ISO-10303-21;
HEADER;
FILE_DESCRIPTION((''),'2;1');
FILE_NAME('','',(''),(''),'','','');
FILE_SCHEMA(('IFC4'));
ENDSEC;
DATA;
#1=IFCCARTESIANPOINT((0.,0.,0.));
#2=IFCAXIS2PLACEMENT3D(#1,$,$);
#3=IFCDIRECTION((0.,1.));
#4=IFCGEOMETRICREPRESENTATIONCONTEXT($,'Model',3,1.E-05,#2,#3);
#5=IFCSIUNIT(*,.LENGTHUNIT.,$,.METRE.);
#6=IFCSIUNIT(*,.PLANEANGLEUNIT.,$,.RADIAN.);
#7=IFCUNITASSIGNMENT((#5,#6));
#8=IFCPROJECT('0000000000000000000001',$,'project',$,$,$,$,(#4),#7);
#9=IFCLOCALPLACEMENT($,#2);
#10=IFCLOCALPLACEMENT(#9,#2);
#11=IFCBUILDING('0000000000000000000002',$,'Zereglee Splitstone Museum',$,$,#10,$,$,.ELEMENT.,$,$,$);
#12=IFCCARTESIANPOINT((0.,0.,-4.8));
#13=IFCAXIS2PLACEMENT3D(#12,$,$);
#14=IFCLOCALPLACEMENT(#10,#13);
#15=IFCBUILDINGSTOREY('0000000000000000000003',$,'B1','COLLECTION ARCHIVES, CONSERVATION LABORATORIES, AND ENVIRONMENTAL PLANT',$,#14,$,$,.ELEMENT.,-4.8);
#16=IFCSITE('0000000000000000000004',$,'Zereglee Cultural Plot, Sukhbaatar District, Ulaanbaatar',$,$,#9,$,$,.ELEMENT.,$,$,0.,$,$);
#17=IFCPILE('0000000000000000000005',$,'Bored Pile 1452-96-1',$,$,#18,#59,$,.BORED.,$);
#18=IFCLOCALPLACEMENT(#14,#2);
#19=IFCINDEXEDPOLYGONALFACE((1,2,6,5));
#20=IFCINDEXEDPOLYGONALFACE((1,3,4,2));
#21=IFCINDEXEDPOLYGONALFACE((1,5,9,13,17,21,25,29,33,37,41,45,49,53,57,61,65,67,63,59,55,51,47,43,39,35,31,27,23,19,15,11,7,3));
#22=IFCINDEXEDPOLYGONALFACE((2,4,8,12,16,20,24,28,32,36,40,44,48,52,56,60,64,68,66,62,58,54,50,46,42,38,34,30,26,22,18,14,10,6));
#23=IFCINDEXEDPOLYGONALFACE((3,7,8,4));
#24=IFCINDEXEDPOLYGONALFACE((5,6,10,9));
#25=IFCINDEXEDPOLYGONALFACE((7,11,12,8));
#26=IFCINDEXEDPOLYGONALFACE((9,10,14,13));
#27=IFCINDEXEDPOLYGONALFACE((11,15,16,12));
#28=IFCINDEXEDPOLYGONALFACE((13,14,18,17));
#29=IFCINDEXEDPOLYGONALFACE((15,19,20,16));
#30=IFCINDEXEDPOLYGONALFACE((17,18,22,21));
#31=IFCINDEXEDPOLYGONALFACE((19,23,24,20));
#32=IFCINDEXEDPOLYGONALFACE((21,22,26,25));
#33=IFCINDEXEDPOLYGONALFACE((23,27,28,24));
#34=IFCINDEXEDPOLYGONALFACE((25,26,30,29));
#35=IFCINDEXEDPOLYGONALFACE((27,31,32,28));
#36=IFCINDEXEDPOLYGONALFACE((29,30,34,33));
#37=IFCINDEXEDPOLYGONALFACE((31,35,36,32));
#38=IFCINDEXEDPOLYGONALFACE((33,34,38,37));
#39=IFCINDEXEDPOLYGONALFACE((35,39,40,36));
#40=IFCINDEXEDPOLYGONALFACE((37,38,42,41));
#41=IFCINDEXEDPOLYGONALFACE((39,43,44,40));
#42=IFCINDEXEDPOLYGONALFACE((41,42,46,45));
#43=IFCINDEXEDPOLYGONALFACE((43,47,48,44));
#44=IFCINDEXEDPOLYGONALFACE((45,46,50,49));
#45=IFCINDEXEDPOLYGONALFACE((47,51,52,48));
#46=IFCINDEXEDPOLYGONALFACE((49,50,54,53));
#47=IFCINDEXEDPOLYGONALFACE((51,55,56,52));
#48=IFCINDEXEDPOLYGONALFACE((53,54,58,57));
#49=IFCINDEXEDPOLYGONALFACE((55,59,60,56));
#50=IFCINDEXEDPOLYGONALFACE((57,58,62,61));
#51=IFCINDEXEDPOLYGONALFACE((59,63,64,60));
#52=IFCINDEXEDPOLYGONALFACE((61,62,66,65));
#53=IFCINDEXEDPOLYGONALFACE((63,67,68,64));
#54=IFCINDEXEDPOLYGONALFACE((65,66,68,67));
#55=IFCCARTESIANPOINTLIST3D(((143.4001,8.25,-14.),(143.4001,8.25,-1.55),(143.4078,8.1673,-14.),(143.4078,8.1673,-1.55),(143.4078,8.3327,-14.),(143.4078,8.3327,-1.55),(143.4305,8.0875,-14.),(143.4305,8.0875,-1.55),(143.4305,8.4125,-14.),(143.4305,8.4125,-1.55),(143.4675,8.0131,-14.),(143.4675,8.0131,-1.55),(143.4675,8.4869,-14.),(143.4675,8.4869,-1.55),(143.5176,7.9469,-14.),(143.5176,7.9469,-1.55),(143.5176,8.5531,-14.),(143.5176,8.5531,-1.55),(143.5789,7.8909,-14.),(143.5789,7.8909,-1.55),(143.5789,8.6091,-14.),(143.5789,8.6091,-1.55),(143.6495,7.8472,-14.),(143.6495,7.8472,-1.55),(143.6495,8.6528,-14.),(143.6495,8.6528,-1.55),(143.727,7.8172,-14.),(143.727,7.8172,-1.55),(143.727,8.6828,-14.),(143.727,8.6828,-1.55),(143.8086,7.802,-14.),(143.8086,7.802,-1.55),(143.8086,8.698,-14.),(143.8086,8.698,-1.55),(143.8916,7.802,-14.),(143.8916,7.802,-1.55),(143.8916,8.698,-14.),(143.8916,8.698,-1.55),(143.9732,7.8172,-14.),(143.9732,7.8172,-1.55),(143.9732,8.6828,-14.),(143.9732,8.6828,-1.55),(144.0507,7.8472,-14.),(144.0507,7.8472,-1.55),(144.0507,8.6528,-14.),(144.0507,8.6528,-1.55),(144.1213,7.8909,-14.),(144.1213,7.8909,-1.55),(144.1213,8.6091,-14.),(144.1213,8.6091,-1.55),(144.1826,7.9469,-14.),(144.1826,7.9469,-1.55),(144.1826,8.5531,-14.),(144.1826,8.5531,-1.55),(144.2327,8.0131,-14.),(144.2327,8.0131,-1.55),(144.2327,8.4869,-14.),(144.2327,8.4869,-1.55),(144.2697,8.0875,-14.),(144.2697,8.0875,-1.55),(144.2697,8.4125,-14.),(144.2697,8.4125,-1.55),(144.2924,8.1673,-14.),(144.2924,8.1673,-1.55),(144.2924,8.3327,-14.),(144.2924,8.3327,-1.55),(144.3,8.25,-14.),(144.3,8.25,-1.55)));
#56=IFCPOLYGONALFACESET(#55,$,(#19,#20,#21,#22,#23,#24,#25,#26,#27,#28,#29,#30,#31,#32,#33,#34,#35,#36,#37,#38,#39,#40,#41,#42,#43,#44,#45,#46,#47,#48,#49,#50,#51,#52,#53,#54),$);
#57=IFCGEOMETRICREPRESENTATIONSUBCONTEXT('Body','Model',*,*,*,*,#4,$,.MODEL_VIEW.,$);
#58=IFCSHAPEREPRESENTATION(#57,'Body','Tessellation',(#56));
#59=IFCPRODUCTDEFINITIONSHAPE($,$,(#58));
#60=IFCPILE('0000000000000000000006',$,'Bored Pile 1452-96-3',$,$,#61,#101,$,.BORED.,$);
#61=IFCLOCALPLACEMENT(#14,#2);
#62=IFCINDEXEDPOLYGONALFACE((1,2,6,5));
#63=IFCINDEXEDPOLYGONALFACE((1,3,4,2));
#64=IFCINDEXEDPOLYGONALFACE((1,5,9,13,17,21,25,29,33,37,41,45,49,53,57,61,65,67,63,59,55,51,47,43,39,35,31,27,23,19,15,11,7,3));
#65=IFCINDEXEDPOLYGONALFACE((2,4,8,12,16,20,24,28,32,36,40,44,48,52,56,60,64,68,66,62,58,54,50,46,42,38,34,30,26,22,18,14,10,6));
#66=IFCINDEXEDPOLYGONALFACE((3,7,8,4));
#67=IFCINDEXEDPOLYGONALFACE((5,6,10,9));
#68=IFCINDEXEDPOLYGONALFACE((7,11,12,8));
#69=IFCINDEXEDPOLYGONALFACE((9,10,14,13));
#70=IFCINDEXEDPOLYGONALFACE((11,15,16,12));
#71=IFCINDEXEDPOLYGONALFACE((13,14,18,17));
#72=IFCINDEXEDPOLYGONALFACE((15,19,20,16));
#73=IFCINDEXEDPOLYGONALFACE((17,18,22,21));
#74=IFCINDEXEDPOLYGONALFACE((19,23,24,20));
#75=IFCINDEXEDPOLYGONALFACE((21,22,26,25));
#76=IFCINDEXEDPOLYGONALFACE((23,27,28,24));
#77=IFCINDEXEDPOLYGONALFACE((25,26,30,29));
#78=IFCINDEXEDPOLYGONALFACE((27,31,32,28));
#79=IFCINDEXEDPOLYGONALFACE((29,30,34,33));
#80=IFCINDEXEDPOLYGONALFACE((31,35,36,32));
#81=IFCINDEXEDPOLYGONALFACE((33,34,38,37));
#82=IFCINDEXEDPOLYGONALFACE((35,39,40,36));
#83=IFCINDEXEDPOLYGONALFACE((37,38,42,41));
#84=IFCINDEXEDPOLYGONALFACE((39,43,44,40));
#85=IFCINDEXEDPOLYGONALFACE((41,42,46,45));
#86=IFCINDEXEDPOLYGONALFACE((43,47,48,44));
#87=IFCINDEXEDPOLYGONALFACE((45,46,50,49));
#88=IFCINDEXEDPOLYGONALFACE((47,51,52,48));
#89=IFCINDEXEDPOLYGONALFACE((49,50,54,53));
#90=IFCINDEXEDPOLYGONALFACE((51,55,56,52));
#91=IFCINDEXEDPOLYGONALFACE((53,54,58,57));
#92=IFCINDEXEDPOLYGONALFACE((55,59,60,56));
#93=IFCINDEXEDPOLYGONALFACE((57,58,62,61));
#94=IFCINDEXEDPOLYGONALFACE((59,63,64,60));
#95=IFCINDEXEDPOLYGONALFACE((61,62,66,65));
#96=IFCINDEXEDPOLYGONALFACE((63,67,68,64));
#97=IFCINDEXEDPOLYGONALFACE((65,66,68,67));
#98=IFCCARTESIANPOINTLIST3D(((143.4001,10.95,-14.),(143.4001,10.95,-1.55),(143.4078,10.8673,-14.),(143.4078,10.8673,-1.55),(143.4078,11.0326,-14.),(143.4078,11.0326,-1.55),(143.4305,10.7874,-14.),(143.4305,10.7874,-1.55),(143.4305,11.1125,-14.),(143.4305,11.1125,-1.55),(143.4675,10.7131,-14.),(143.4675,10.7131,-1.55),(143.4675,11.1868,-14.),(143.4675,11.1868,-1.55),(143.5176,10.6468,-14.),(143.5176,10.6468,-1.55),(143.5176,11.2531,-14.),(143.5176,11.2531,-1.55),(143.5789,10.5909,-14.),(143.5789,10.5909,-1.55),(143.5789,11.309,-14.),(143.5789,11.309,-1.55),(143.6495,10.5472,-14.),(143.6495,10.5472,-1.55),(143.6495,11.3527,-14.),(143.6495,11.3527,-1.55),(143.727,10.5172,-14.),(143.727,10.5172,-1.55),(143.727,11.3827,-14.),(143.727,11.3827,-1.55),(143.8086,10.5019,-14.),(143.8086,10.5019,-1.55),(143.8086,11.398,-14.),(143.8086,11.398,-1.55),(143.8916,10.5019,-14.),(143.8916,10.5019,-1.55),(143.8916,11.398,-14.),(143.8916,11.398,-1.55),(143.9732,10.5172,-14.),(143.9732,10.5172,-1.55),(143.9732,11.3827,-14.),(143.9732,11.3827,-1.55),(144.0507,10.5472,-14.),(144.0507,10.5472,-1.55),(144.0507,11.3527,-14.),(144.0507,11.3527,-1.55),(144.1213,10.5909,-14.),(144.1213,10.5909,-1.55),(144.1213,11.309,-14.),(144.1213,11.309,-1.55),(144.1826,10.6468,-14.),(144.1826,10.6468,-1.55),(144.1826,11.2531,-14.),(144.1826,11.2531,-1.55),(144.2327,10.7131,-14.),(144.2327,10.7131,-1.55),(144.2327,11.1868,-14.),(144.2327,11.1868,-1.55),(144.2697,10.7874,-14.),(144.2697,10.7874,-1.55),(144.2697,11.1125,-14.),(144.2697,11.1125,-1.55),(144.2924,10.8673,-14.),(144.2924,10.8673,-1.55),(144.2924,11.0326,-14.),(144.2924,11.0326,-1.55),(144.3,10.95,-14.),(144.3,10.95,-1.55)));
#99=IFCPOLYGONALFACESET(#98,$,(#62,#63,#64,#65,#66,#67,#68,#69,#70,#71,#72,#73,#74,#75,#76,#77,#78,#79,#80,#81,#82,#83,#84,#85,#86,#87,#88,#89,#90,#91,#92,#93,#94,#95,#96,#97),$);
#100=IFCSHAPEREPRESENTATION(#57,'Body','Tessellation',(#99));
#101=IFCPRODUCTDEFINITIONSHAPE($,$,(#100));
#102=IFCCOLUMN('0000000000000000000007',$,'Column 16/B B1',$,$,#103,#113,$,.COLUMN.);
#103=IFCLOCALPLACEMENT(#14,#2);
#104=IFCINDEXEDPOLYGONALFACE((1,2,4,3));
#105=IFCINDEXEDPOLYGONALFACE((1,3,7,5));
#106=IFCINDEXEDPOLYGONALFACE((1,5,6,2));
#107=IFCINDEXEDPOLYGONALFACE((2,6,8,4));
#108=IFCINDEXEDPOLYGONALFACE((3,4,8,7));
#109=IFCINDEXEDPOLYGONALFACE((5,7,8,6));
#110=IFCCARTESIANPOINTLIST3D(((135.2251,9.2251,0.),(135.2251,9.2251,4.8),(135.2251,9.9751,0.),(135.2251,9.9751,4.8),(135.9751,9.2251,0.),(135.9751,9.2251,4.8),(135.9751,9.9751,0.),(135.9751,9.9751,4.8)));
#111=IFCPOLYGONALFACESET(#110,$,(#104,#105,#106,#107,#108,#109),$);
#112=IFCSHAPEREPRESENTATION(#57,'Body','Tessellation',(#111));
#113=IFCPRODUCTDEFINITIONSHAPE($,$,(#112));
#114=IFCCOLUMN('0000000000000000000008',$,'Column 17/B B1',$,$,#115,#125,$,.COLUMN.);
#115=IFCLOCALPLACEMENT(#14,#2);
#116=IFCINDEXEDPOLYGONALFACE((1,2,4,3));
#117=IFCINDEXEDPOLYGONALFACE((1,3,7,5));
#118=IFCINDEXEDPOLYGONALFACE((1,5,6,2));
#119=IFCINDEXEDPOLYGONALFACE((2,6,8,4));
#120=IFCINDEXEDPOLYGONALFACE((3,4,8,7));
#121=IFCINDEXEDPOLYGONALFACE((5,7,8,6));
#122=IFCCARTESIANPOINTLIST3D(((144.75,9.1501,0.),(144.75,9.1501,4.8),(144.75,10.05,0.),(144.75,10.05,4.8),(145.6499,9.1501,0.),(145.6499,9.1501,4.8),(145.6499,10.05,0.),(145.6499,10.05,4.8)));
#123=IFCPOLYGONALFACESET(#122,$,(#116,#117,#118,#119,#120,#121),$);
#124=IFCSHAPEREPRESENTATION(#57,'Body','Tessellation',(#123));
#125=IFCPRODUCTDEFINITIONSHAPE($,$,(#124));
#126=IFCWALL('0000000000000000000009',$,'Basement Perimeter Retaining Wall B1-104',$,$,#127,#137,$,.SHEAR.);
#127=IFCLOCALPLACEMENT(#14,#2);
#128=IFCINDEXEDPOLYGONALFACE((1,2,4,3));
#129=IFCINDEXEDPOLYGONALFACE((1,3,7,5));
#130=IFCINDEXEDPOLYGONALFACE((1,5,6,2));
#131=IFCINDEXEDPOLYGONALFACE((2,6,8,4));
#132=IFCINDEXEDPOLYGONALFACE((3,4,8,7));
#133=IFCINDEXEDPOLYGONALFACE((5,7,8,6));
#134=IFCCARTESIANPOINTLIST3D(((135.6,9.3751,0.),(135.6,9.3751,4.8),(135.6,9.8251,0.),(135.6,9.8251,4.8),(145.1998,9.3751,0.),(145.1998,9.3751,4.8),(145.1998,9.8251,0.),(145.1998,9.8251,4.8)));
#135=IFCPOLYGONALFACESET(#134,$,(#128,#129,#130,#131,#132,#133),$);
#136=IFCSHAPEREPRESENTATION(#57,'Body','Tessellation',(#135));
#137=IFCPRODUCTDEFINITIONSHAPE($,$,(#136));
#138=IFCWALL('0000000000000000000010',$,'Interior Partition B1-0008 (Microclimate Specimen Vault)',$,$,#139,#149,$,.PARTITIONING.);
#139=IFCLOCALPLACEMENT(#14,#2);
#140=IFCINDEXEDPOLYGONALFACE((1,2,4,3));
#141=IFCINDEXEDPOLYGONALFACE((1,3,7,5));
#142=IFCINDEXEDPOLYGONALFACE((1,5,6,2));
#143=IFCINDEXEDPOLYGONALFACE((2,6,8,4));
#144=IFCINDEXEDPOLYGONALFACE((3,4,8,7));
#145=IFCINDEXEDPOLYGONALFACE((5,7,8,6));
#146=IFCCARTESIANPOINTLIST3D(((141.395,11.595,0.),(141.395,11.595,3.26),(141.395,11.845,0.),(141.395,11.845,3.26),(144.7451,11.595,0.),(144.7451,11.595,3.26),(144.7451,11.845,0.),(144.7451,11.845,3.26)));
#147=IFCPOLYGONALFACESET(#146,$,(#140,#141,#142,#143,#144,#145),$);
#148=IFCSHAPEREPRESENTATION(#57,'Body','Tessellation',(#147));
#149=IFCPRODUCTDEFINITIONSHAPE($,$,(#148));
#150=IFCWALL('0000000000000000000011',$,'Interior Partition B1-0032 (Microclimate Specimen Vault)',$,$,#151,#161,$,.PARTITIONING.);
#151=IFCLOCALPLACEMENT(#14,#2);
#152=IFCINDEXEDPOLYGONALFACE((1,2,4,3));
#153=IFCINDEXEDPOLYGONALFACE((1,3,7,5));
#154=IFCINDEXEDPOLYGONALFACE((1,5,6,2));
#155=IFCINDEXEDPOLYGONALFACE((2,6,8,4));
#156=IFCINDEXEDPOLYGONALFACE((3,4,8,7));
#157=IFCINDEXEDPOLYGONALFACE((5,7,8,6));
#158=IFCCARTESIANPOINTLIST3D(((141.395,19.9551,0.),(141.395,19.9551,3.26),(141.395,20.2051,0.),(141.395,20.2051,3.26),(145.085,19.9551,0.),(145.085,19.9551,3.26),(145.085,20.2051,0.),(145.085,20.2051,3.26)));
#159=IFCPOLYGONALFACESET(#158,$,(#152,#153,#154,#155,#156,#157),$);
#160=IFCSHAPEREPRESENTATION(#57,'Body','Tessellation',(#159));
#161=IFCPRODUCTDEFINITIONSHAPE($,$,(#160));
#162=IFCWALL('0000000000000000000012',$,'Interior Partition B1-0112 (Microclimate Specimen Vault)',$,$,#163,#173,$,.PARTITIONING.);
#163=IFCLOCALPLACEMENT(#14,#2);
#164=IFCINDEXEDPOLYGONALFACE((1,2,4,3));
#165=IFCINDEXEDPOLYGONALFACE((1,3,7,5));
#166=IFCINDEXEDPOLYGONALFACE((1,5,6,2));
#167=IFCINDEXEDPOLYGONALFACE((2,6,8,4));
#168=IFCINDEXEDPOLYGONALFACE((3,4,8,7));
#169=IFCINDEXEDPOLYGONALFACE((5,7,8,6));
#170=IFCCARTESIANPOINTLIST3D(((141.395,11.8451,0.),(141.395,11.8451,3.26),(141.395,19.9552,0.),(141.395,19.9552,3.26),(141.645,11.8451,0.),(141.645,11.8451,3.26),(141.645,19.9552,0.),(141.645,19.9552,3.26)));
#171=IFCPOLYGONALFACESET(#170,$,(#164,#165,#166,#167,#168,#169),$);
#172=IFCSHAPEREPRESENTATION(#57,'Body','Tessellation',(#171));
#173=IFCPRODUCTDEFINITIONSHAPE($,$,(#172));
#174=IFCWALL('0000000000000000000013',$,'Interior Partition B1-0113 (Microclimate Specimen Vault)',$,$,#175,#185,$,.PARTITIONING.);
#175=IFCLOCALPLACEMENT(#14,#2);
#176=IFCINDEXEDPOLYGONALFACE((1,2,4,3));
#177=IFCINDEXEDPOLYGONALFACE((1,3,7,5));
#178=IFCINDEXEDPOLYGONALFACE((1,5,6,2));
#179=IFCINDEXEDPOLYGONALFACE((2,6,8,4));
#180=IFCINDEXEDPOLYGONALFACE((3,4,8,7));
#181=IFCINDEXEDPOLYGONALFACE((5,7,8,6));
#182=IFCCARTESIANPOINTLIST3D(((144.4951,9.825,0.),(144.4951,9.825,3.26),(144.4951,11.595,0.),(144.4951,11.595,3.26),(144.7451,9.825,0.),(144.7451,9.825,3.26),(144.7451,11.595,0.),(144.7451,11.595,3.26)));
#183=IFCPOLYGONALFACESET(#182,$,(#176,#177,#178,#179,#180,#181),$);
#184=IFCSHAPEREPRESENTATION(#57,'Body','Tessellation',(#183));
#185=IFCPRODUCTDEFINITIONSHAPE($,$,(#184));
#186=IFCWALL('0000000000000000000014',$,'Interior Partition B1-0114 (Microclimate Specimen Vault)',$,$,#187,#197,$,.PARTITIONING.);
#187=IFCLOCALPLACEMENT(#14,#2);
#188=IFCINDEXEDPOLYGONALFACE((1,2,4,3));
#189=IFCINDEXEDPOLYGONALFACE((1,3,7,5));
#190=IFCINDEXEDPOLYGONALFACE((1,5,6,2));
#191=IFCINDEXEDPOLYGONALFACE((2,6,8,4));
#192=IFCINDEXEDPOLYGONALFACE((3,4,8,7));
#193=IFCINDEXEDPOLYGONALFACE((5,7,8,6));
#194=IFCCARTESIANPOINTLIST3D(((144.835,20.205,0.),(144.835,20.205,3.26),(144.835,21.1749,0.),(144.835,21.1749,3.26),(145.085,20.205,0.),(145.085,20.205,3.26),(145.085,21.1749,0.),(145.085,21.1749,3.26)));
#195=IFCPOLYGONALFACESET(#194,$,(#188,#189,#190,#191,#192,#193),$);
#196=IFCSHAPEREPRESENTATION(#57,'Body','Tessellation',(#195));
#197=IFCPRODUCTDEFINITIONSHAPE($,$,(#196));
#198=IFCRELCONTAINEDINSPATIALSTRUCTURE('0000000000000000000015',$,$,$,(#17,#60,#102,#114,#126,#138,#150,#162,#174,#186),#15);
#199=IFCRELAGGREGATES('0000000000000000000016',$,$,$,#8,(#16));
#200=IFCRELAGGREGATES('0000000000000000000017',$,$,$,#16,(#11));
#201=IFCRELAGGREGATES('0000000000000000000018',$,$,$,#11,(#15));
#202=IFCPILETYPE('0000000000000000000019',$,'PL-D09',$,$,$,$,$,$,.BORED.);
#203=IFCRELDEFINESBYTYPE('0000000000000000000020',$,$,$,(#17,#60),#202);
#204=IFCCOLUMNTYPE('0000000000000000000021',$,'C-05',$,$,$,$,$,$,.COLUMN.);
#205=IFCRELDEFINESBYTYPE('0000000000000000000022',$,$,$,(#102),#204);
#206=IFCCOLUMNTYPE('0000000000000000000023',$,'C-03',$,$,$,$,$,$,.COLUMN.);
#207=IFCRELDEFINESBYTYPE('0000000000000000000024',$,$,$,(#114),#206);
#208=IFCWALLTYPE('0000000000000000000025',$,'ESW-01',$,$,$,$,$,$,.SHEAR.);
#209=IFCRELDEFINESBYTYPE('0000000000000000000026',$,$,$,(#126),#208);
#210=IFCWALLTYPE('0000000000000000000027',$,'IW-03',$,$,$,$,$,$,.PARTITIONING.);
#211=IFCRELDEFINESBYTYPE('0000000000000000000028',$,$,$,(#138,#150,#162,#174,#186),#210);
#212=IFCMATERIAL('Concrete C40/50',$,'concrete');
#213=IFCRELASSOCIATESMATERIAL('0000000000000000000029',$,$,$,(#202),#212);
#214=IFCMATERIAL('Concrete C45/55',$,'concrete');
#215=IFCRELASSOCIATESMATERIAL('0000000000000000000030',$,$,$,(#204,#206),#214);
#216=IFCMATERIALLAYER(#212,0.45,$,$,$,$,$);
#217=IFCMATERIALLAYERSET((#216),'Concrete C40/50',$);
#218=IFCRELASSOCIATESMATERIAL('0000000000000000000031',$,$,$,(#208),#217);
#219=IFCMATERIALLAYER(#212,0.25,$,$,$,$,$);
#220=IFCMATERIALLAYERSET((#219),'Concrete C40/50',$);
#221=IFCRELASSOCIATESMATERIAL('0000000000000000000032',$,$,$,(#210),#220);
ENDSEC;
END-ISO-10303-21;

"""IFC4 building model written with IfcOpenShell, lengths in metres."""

from ifc_helpers import new_model, si_unit, direction, frame, frame_2d, origin, origin_2d, place, context, subcontext, project, spatial, rectangle, circle, extrude, material, layer, layer_set, material_profile, profile_set, type_object, element, save


model = new_model("IFC4")

# Units and contexts
model_context = context("Model", 3, precision=1e-05, world=origin(), true_north=direction((0.0, 1.0)))
body_context = subcontext(model_context, "Body", "Model", "MODEL_VIEW")
ifc_project = project(units=[si_unit("LENGTHUNIT", "METRE"), si_unit("PLANEANGLEUNIT", "RADIAN")], contexts=[model_context])

# Site, building, storey
site_placement = place(None, origin())
site = spatial("IfcSite", under=ifc_project, at=site_placement, Name="Zereglee Cultural Plot, Sukhbaatar District, Ulaanbaatar", CompositionType="ELEMENT", RefElevation=0.0)
building_placement = place(site_placement, origin())
building = spatial("IfcBuilding", under=site, at=building_placement, Name="Zereglee Splitstone Museum", CompositionType="ELEMENT")
storey_placement = place(building_placement, frame((0.0, 0.0, -4.8)))
storey = spatial("IfcBuildingStorey", under=building, at=storey_placement, Name="B1", Description="COLLECTION ARCHIVES, CONSERVATION LABORATORIES, AND ENVIRONMENTAL PLANT", CompositionType="ELEMENT", Elevation=-4.8)

# Shared definitions
ifc_material_1 = material(Name="Concrete C40/50", Category="concrete")

# Piles
ifc_material_profile_1 = material_profile(ifc_material_1, circle(Radius=0.45, at=origin_2d()), Name="PILE D900")
ifc_profile_set_1 = profile_set([ifc_material_profile_1], Name="Concrete C40/50")
pile_type = type_object("IfcPileType", Name="PL-D09", PredefinedType="BORED", material=ifc_profile_set_1)
for number, where, z_axis, x_axis, name in (
    (1, (143.8501, 8.25, -1.55), (0.0, 0.0, -1.0), (1.0, 0.0, 0.0), "Bored Pile 1452-96-1"),
    (2, (143.8501, 10.95, -1.55), (0.0, 0.0, -1.0), (1.0, 0.0, 0.0), "Bored Pile 1452-96-3"),
):
    element("IfcPile", number, at=place(storey_placement, frame(where, z_axis=z_axis, x_axis=x_axis)), inside=storey, type_object=pile_type, Name=name, PredefinedType="BORED", context=body_context, shape_type="SweptSolid", body=[
        extrude(circle(Radius=0.45, at=origin_2d()), origin(), (0.0, 0.0, 1.0), 12.45),
    ])

# Columns
ifc_material_2 = material(Name="Concrete C45/55", Category="concrete")
ifc_material_profile_2 = material_profile(ifc_material_2, rectangle(XDim=0.75, YDim=0.75, at=origin_2d()), Name="RC 750x750")
ifc_profile_set_2 = profile_set([ifc_material_profile_2], Name="Concrete C45/55")
column_type_1 = type_object("IfcColumnType", Name="C-05", PredefinedType="COLUMN", material=ifc_profile_set_2)
column_1_placement = place(storey_placement, frame((135.6001, 9.6001, 0.0), z_axis=(0.0, 0.0, 1.0), x_axis=(1.0, 0.0, 0.0)))
element("IfcColumn", 3, at=column_1_placement, inside=storey, type_object=column_type_1, Name="Column 16/B B1", PredefinedType="COLUMN", context=body_context, shape_type="SweptSolid", body=[
    extrude(rectangle(XDim=0.75, YDim=0.75, at=origin_2d()), origin(), (0.0, 0.0, 1.0), 4.8),
])
ifc_material_profile_3 = material_profile(ifc_material_2, rectangle(XDim=0.8999, YDim=0.8999, at=origin_2d()), Name="RC 900x900")
ifc_profile_set_3 = profile_set([ifc_material_profile_3], Name="Concrete C45/55")
column_type_2 = type_object("IfcColumnType", Name="C-03", PredefinedType="COLUMN", material=ifc_profile_set_3)
column_2_placement = place(storey_placement, frame((145.2, 9.6001, 0.0), z_axis=(0.0, 0.0, 1.0), x_axis=(1.0, 0.0, 0.0)))
element("IfcColumn", 4, at=column_2_placement, inside=storey, type_object=column_type_2, Name="Column 17/B B1", PredefinedType="COLUMN", context=body_context, shape_type="SweptSolid", body=[
    extrude(rectangle(XDim=0.8999, YDim=0.8999, at=origin_2d()), origin(), (0.0, 0.0, 1.0), 4.8),
])

# Walls
ifc_layer_1 = layer(ifc_material_1, 0.45)
ifc_layer_set_1 = layer_set([ifc_layer_1], Name="Concrete C40/50")
wall_type_1 = type_object("IfcWallType", Name="ESW-01", PredefinedType="SHEAR", material=ifc_layer_set_1)
wall_1_placement = place(storey_placement, frame((135.6001, 9.6001, 0.0), z_axis=(0.0, 0.0, 1.0), x_axis=(1.0, 0.0, 0.0)))
element("IfcWall", 5, at=wall_1_placement, inside=storey, type_object=wall_type_1, Name="Basement Perimeter Retaining Wall B1-104", PredefinedType="SHEAR", context=body_context, shape_type="SweptSolid", body=[
    extrude(rectangle(XDim=9.5999, YDim=0.45, at=frame_2d((4.7998, 0.0))), origin(), (0.0, 0.0, 1.0), 4.8),
])
ifc_layer_2 = layer(ifc_material_1, 0.25)
ifc_layer_set_2 = layer_set([ifc_layer_2], Name="Concrete C40/50")
wall_type_2 = type_object("IfcWallType", Name="IW-03", PredefinedType="PARTITIONING", material=ifc_layer_set_2)
wall_2_placement = place(storey_placement, frame((141.395, 11.72, 0.0), z_axis=(0.0, 0.0, 1.0), x_axis=(1.0, 0.0, 0.0)))
element("IfcWall", 6, at=wall_2_placement, inside=storey, type_object=wall_type_2, Name="Interior Partition B1-0008 (Microclimate Specimen Vault)", PredefinedType="PARTITIONING", context=body_context, shape_type="SweptSolid", body=[
    extrude(rectangle(XDim=3.3501, YDim=0.25, at=frame_2d((1.675, 0.0))), origin(), (0.0, 0.0, 1.0), 3.26),
])
wall_3_placement = place(storey_placement, frame((141.395, 20.0801, 0.0), z_axis=(0.0, 0.0, 1.0), x_axis=(1.0, 0.0, 0.0)))
element("IfcWall", 7, at=wall_3_placement, inside=storey, type_object=wall_type_2, Name="Interior Partition B1-0032 (Microclimate Specimen Vault)", PredefinedType="PARTITIONING", context=body_context, shape_type="SweptSolid", body=[
    extrude(rectangle(XDim=3.6899, YDim=0.25, at=frame_2d((1.845, 0.0))), origin(), (0.0, 0.0, 1.0), 3.26),
])
wall_4_placement = place(storey_placement, frame((141.52, 11.845, 0.0), z_axis=(0.0, 0.0, 1.0), x_axis=(0.0, 1.0, 0.0)))
element("IfcWall", 8, at=wall_4_placement, inside=storey, type_object=wall_type_2, Name="Interior Partition B1-0112 (Microclimate Specimen Vault)", PredefinedType="PARTITIONING", context=body_context, shape_type="SweptSolid", body=[
    extrude(rectangle(XDim=8.1101, YDim=0.25, at=frame_2d((4.0552, 0.0))), origin(), (0.0, 0.0, 1.0), 3.26),
])
wall_5_placement = place(storey_placement, frame((144.6201, 9.825, 0.0), z_axis=(0.0, 0.0, 1.0), x_axis=(0.0, 1.0, 0.0)))
element("IfcWall", 9, at=wall_5_placement, inside=storey, type_object=wall_type_2, Name="Interior Partition B1-0113 (Microclimate Specimen Vault)", PredefinedType="PARTITIONING", context=body_context, shape_type="SweptSolid", body=[
    extrude(rectangle(XDim=1.77, YDim=0.25, at=frame_2d((0.885, 0.0))), origin(), (0.0, 0.0, 1.0), 3.26),
])
wall_6_placement = place(storey_placement, frame((144.96, 20.2051, 0.0), z_axis=(0.0, 0.0, 1.0), x_axis=(0.0, 1.0, 0.0)))
element("IfcWall", 10, at=wall_6_placement, inside=storey, type_object=wall_type_2, Name="Interior Partition B1-0114 (Microclimate Specimen Vault)", PredefinedType="PARTITIONING", context=body_context, shape_type="SweptSolid", body=[
    extrude(rectangle(XDim=0.97, YDim=0.25, at=frame_2d((0.4849, 0.0))), origin(), (0.0, 0.0, 1.0), 3.26),
])

save(model, "model.ifc")
